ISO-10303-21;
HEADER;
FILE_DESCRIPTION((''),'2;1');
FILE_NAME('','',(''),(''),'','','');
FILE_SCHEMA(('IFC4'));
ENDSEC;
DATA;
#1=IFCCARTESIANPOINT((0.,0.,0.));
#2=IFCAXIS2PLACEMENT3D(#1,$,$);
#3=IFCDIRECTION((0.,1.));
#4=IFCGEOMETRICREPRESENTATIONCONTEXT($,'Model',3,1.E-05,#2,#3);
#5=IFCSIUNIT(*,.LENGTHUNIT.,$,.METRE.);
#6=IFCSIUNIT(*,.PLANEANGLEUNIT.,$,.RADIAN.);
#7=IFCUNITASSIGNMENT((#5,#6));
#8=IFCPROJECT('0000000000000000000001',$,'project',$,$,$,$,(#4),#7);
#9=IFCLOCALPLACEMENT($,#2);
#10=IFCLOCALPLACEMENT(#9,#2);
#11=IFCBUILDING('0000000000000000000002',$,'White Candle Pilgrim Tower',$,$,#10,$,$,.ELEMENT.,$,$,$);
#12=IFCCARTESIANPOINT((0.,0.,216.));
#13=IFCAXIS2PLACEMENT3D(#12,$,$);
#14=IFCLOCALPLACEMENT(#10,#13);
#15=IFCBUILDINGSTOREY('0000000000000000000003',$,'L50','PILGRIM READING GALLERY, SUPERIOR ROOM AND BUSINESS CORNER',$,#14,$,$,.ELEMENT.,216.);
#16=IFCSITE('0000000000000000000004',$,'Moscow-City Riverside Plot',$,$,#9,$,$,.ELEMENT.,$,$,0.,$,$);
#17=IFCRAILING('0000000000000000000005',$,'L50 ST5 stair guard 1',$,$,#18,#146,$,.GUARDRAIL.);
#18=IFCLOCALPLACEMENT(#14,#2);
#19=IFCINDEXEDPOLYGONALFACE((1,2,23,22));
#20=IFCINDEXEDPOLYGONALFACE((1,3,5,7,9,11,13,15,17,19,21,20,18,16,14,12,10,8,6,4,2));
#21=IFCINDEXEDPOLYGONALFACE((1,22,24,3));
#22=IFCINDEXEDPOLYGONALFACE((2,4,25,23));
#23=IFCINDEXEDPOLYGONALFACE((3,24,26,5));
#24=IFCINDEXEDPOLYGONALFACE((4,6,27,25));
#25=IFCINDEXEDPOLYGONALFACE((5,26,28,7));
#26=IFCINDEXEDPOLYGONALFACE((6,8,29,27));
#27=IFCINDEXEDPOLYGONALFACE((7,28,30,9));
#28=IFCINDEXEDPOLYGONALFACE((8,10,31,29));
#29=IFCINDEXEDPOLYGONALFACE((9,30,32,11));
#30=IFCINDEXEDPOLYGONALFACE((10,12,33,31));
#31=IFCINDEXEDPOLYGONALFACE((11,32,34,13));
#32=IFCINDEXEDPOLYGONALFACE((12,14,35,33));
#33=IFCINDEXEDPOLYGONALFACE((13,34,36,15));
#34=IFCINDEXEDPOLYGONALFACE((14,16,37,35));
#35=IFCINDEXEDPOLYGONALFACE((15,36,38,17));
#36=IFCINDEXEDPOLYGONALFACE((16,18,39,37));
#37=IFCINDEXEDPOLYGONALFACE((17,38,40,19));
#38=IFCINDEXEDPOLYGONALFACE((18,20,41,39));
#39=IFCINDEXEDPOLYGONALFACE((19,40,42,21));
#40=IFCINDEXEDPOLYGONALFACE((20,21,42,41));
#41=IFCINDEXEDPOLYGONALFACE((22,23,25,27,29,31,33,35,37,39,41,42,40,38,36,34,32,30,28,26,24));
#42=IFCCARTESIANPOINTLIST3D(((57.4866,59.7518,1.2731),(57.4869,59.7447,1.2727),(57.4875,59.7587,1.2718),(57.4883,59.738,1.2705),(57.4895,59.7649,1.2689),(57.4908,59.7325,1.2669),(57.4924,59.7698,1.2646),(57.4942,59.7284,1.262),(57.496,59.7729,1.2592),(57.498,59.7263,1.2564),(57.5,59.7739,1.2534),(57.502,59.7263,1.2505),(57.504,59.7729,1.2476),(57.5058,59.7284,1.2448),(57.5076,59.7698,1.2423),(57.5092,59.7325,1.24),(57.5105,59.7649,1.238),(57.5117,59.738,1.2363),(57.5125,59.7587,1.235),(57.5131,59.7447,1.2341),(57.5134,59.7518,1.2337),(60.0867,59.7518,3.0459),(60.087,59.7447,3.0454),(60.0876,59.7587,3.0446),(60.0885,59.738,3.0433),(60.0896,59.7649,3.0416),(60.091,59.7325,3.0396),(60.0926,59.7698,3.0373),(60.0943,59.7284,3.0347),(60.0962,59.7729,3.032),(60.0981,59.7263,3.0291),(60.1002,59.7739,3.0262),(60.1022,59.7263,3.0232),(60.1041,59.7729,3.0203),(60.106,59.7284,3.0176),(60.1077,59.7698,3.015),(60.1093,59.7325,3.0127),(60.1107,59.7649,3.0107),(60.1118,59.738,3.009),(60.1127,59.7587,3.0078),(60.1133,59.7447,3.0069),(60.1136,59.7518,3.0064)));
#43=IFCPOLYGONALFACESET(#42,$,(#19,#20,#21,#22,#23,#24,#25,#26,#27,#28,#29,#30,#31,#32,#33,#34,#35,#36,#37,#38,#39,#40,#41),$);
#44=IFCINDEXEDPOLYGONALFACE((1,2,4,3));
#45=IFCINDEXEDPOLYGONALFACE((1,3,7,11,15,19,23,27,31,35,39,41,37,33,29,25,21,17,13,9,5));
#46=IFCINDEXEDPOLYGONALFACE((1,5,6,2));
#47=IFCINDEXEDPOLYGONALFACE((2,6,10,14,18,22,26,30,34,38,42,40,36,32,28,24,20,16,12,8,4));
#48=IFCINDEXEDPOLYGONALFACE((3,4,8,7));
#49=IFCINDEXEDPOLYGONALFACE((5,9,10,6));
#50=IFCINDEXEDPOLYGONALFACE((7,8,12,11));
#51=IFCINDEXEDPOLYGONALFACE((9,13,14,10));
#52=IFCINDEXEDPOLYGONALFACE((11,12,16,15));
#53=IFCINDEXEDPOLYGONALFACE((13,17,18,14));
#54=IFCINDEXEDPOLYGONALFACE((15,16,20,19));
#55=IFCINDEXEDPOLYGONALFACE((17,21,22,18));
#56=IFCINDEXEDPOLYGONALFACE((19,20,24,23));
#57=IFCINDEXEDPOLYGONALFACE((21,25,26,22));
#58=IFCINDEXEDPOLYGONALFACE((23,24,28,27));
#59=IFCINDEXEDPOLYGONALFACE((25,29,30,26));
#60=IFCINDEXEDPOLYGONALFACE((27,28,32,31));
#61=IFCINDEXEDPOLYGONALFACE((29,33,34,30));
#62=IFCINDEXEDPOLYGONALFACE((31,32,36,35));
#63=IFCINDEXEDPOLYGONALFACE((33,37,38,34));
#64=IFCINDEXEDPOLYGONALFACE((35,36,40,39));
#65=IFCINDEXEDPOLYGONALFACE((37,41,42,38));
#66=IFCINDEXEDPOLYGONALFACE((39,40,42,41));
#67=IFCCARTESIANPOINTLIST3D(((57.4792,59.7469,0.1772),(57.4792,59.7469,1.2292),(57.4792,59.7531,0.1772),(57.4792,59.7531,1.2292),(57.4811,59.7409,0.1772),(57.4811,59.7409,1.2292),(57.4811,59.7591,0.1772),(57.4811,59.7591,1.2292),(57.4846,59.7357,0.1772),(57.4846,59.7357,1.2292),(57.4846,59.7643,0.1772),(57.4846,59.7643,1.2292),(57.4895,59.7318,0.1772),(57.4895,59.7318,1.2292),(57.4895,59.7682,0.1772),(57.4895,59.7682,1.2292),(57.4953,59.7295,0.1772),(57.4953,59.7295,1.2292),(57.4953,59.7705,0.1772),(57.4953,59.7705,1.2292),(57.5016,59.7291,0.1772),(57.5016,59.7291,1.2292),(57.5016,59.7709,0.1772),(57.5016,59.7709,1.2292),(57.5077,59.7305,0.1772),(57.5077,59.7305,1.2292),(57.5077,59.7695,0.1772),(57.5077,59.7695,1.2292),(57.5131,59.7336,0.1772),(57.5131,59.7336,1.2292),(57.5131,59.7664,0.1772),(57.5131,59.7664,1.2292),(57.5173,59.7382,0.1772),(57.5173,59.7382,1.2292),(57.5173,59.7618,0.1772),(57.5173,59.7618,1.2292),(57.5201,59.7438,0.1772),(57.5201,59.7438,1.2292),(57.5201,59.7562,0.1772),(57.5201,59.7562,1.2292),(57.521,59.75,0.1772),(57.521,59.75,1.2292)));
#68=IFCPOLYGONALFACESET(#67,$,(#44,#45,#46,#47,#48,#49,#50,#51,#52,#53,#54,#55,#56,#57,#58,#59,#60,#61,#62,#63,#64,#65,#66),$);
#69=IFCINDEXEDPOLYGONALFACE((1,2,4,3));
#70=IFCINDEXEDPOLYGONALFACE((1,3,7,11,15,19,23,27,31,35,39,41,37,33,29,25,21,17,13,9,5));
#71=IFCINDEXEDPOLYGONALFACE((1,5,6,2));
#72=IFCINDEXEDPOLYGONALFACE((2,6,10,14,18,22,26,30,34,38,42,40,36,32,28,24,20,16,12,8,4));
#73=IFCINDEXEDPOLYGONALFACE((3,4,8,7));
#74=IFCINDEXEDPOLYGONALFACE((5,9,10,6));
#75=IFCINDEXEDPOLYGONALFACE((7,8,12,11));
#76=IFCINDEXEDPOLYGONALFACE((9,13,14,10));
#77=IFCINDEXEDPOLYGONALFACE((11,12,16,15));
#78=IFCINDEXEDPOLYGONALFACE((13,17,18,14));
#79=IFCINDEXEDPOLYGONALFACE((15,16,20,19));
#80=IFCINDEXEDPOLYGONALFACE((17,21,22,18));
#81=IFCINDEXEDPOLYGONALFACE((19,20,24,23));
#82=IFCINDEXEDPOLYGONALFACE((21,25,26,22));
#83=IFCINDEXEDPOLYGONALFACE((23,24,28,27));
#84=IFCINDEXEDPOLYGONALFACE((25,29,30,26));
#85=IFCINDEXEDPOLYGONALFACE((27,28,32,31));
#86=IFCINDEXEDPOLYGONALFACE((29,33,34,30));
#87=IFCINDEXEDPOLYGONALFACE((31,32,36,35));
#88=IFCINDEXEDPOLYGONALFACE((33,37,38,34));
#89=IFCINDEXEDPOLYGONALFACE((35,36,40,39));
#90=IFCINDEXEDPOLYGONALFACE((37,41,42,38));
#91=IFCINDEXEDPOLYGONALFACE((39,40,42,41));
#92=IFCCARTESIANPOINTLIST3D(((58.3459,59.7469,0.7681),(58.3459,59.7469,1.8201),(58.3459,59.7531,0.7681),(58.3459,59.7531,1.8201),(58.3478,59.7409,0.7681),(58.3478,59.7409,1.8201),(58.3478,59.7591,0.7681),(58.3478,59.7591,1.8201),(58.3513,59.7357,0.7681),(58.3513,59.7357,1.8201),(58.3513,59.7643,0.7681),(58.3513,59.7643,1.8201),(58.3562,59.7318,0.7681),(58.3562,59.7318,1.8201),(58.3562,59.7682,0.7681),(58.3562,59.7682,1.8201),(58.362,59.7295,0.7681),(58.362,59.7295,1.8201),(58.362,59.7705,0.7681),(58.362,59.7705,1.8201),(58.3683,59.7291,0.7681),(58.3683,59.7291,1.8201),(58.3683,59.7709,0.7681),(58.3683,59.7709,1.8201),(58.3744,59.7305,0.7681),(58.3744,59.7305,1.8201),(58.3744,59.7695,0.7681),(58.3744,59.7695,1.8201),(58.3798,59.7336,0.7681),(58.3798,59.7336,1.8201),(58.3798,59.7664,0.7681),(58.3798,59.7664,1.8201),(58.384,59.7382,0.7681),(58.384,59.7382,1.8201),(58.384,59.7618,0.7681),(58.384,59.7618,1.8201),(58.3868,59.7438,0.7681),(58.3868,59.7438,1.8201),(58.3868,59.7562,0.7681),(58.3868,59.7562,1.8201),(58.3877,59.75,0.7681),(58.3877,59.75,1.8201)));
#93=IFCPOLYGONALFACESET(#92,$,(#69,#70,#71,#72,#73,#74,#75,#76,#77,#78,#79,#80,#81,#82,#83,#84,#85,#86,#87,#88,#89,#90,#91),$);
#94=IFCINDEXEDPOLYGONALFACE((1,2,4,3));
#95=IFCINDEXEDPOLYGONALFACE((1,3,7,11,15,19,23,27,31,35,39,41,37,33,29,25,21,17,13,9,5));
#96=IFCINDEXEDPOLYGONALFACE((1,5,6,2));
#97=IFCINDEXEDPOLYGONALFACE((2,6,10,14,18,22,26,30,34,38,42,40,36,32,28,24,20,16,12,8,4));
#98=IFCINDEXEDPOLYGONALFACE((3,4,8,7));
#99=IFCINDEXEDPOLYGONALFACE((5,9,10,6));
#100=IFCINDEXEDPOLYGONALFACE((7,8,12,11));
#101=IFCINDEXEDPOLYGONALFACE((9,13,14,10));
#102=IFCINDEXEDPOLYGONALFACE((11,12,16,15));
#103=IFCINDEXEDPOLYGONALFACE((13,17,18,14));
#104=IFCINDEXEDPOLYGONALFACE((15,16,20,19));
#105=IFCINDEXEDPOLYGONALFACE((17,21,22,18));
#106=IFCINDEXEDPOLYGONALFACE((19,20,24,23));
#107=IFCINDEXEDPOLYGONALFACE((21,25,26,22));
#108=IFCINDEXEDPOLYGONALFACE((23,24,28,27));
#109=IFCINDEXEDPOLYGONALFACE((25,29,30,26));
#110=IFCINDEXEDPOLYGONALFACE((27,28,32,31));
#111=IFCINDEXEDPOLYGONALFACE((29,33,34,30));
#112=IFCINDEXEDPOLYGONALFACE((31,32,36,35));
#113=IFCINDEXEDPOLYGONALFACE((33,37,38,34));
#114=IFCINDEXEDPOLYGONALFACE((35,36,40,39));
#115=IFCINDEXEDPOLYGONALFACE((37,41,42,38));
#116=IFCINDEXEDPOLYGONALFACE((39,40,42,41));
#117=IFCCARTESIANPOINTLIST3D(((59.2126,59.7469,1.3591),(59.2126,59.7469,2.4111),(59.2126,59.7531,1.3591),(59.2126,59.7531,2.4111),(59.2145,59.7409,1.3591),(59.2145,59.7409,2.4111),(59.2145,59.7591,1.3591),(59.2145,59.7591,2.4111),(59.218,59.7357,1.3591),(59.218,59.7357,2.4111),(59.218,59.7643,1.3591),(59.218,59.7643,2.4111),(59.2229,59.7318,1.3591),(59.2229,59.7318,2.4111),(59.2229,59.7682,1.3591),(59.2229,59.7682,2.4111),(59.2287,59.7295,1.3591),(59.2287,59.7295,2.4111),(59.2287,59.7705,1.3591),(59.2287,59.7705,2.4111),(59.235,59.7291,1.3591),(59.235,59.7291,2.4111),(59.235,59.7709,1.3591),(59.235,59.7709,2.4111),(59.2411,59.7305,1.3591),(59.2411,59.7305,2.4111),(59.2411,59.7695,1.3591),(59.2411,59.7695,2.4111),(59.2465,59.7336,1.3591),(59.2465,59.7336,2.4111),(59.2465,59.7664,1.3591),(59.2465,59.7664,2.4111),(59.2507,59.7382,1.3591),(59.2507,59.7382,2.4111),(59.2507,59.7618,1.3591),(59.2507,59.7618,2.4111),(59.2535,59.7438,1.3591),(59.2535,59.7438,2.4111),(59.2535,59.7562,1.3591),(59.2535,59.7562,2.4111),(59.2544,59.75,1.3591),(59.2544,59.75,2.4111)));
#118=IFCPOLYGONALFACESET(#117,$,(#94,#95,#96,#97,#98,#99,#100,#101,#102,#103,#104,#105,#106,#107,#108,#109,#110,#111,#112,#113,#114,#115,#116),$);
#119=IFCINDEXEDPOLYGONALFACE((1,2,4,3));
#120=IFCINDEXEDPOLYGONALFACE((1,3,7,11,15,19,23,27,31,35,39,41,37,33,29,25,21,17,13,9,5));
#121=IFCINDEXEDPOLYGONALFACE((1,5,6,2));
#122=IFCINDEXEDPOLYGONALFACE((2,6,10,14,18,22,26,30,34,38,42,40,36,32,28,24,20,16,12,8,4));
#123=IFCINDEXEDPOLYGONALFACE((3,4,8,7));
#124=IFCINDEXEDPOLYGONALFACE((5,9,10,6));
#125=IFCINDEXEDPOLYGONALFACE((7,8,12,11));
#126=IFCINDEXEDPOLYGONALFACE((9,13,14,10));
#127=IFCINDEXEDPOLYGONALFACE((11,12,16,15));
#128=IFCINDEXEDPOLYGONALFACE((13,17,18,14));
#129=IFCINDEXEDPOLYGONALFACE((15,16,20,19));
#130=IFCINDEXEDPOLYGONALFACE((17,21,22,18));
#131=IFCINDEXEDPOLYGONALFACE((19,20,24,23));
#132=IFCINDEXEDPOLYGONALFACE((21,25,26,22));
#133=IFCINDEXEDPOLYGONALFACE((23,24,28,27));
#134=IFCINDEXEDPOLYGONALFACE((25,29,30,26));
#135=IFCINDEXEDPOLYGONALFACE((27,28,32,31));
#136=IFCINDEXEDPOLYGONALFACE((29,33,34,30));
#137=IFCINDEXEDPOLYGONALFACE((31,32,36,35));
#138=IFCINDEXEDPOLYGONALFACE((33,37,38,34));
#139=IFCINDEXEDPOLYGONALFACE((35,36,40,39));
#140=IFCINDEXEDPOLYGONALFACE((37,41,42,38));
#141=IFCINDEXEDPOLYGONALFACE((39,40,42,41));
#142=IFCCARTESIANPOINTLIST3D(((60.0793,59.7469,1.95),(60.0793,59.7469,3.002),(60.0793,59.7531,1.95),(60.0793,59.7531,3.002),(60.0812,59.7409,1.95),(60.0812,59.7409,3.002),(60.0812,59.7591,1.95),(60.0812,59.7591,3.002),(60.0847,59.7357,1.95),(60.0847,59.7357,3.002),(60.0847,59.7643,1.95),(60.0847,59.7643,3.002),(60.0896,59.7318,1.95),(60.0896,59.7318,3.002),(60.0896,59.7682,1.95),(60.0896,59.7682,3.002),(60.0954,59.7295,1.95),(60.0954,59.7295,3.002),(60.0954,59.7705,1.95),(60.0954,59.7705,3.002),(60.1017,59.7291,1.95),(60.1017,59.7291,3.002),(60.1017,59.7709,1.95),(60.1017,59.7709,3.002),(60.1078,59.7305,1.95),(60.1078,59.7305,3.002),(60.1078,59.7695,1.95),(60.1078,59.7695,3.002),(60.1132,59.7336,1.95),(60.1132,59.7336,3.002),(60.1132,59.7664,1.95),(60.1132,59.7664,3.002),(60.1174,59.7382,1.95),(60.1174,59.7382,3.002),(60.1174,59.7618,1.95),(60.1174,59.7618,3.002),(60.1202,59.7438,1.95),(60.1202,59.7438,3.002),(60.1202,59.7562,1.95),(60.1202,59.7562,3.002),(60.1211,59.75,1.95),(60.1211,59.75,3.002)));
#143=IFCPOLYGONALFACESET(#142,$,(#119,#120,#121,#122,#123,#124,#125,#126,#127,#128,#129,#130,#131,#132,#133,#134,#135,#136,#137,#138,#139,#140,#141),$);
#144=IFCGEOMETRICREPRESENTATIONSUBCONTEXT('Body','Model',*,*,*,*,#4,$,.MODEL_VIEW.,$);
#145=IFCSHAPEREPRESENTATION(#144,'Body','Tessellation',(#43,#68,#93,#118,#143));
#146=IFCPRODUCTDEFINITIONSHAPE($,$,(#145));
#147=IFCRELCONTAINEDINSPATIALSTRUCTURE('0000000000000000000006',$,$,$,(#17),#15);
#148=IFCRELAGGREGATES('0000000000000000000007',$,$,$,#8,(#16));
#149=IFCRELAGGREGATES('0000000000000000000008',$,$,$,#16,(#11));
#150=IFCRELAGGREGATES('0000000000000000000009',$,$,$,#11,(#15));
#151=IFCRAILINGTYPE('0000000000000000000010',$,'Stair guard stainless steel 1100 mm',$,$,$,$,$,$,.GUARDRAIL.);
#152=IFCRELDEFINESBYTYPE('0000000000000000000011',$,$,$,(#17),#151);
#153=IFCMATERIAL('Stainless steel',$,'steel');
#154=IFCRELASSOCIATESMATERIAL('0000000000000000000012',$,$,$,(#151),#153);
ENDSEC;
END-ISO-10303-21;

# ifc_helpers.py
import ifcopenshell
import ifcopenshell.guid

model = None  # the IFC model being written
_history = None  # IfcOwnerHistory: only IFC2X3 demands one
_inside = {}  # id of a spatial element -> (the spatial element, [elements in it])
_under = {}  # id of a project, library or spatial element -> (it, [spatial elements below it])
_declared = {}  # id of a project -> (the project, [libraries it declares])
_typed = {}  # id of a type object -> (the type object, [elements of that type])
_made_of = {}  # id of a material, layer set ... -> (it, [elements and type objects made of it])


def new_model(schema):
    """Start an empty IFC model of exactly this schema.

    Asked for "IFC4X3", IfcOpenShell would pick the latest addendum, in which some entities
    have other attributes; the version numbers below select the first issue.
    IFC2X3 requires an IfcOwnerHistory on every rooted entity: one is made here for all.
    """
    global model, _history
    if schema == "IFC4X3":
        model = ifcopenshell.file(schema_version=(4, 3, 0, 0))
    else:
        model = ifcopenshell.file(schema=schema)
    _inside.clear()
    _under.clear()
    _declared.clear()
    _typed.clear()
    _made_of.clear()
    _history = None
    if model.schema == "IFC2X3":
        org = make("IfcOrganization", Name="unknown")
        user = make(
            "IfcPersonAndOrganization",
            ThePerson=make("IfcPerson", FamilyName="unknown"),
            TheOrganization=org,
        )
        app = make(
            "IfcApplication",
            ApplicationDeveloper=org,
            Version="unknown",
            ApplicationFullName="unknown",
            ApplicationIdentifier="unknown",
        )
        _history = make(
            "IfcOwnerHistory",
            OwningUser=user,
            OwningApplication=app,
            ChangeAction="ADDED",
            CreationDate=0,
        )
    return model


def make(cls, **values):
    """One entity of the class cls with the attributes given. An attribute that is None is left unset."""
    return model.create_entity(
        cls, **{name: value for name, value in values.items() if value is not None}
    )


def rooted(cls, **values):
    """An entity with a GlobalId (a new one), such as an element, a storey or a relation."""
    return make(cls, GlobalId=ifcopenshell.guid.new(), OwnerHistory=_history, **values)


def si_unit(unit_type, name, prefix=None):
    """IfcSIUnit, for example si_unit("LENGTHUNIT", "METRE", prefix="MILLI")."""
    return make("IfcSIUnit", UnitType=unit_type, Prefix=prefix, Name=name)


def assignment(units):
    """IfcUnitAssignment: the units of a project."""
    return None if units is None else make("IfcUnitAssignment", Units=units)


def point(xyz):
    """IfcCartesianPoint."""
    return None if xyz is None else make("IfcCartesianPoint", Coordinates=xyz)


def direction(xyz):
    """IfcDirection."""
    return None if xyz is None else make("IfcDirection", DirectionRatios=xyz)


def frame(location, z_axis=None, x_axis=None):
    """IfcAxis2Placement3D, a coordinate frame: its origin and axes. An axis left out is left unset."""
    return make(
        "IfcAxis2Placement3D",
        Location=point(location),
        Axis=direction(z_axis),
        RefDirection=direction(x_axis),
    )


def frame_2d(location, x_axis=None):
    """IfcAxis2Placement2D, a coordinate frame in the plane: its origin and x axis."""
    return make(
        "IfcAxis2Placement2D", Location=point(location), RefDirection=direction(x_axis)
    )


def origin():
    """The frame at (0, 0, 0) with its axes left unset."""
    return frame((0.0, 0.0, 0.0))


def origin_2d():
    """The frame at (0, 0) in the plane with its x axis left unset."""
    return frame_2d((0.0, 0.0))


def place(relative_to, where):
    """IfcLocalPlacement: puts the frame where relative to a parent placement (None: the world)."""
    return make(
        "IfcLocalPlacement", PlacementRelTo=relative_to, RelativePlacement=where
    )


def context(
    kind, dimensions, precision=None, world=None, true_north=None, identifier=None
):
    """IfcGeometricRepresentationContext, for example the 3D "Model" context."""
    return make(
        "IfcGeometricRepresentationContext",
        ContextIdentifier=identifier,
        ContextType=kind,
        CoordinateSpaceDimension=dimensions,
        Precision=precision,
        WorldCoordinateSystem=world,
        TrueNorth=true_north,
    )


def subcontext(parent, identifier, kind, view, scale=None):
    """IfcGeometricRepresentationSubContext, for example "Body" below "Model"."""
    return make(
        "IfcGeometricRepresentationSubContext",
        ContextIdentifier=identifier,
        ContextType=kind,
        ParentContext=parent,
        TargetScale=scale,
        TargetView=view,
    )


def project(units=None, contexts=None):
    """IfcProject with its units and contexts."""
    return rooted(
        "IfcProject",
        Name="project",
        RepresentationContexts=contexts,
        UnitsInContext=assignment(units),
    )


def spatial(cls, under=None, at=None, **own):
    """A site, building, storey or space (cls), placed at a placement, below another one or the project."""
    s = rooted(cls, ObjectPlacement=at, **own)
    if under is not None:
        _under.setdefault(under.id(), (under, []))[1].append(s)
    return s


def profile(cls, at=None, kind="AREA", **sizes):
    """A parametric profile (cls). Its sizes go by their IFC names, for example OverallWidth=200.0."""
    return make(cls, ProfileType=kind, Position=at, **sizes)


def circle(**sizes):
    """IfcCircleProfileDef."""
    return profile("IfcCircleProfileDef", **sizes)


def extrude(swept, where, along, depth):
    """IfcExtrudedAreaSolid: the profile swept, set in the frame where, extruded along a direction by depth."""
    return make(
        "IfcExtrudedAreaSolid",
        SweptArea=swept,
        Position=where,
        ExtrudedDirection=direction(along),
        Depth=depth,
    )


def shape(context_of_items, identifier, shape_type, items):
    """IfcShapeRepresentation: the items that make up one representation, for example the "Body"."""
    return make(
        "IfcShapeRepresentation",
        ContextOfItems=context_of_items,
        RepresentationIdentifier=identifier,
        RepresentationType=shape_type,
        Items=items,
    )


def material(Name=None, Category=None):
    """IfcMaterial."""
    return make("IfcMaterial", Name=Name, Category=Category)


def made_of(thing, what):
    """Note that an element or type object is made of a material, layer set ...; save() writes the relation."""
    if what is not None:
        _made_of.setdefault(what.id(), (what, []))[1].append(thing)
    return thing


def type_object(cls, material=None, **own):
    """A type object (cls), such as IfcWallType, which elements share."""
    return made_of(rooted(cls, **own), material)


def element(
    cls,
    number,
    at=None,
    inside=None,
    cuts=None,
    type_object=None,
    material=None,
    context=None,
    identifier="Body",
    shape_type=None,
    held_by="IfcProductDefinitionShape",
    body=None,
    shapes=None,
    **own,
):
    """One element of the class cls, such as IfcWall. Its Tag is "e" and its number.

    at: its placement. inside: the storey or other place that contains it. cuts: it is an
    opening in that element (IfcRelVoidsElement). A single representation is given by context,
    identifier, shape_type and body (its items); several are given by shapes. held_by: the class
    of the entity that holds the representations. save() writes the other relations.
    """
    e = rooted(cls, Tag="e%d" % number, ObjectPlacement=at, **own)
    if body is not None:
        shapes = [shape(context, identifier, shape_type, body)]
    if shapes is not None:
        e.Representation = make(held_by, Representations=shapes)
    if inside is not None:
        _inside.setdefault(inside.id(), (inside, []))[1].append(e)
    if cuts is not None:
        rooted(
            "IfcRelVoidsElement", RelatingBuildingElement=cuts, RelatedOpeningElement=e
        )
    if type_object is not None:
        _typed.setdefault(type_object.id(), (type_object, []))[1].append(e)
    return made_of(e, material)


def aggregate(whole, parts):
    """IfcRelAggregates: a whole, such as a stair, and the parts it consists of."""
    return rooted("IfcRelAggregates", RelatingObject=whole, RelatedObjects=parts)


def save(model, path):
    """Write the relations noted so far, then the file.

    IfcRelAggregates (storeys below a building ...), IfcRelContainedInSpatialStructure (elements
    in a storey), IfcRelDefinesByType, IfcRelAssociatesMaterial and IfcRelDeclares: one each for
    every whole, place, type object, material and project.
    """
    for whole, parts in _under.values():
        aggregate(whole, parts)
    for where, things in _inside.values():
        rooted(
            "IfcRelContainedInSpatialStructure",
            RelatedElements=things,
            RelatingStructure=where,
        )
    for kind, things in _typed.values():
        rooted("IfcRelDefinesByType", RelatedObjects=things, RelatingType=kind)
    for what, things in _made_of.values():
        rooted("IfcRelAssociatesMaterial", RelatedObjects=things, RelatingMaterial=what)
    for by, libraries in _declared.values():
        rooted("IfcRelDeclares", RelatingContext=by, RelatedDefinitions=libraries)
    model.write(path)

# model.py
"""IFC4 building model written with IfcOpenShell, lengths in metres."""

from ifc_helpers import new_model, si_unit, direction, frame, origin, origin_2d, place, context, subcontext, project, spatial, circle, extrude, material, type_object, element, save


model = new_model("IFC4")

# Units and contexts
model_context = context("Model", 3, precision=1e-05, world=origin(), true_north=direction((0.0, 1.0)))
body_context = subcontext(model_context, "Body", "Model", "MODEL_VIEW")
ifc_project = project(units=[si_unit("LENGTHUNIT", "METRE"), si_unit("PLANEANGLEUNIT", "RADIAN")], contexts=[model_context])

# Site, building, storey
site_placement = place(None, origin())
site = spatial("IfcSite", under=ifc_project, at=site_placement, Name="Moscow-City Riverside Plot", CompositionType="ELEMENT", RefElevation=0.0)
building_placement = place(site_placement, origin())
building = spatial("IfcBuilding", under=site, at=building_placement, Name="White Candle Pilgrim Tower", CompositionType="ELEMENT")
storey_placement = place(building_placement, frame((0.0, 0.0, 216.0)))
storey = spatial("IfcBuildingStorey", under=building, at=storey_placement, Name="L50", Description="PILGRIM READING GALLERY, SUPERIOR ROOM AND BUSINESS CORNER", CompositionType="ELEMENT", Elevation=216.0)

# Railing
ifc_material_1 = material(Name="Stainless steel", Category="steel")
railing_type_1 = type_object("IfcRailingType", Name="Stair guard stainless steel 1100 mm", PredefinedType="GUARDRAIL", material=ifc_material_1)
railing_1_placement = place(storey_placement, frame((57.5, 59.75, 0.1772)))
element("IfcRailing", 1, at=railing_1_placement, inside=storey, type_object=railing_type_1, Name="L50 ST5 stair guard 1", PredefinedType="GUARDRAIL", context=body_context, shape_type="SweptSolid", body=[
    extrude(circle(Radius=0.0239, at=origin_2d()), frame((0.0, 0.0, 1.0762), z_axis=(0.82624, 0.0, 0.563318), x_axis=(0.0, 1.0, 0.0)), (0.0, 0.0, 1.0), 3.147),
    extrude(circle(Radius=0.021, at=origin_2d()), origin(), (0.0, 0.0, 1.0), 1.052),
    extrude(circle(Radius=0.021, at=origin_2d()), frame((0.8667, 0.0, 0.5908)), (0.0, 0.0, 1.0), 1.052),
    extrude(circle(Radius=0.021, at=origin_2d()), frame((1.7334, 0.0, 1.1819)), (0.0, 0.0, 1.0), 1.052),
    extrude(circle(Radius=0.021, at=origin_2d()), frame((2.6001, 0.0, 1.7727)), (0.0, 0.0, 1.0), 1.052),
])

save(model, "model.ifc")
